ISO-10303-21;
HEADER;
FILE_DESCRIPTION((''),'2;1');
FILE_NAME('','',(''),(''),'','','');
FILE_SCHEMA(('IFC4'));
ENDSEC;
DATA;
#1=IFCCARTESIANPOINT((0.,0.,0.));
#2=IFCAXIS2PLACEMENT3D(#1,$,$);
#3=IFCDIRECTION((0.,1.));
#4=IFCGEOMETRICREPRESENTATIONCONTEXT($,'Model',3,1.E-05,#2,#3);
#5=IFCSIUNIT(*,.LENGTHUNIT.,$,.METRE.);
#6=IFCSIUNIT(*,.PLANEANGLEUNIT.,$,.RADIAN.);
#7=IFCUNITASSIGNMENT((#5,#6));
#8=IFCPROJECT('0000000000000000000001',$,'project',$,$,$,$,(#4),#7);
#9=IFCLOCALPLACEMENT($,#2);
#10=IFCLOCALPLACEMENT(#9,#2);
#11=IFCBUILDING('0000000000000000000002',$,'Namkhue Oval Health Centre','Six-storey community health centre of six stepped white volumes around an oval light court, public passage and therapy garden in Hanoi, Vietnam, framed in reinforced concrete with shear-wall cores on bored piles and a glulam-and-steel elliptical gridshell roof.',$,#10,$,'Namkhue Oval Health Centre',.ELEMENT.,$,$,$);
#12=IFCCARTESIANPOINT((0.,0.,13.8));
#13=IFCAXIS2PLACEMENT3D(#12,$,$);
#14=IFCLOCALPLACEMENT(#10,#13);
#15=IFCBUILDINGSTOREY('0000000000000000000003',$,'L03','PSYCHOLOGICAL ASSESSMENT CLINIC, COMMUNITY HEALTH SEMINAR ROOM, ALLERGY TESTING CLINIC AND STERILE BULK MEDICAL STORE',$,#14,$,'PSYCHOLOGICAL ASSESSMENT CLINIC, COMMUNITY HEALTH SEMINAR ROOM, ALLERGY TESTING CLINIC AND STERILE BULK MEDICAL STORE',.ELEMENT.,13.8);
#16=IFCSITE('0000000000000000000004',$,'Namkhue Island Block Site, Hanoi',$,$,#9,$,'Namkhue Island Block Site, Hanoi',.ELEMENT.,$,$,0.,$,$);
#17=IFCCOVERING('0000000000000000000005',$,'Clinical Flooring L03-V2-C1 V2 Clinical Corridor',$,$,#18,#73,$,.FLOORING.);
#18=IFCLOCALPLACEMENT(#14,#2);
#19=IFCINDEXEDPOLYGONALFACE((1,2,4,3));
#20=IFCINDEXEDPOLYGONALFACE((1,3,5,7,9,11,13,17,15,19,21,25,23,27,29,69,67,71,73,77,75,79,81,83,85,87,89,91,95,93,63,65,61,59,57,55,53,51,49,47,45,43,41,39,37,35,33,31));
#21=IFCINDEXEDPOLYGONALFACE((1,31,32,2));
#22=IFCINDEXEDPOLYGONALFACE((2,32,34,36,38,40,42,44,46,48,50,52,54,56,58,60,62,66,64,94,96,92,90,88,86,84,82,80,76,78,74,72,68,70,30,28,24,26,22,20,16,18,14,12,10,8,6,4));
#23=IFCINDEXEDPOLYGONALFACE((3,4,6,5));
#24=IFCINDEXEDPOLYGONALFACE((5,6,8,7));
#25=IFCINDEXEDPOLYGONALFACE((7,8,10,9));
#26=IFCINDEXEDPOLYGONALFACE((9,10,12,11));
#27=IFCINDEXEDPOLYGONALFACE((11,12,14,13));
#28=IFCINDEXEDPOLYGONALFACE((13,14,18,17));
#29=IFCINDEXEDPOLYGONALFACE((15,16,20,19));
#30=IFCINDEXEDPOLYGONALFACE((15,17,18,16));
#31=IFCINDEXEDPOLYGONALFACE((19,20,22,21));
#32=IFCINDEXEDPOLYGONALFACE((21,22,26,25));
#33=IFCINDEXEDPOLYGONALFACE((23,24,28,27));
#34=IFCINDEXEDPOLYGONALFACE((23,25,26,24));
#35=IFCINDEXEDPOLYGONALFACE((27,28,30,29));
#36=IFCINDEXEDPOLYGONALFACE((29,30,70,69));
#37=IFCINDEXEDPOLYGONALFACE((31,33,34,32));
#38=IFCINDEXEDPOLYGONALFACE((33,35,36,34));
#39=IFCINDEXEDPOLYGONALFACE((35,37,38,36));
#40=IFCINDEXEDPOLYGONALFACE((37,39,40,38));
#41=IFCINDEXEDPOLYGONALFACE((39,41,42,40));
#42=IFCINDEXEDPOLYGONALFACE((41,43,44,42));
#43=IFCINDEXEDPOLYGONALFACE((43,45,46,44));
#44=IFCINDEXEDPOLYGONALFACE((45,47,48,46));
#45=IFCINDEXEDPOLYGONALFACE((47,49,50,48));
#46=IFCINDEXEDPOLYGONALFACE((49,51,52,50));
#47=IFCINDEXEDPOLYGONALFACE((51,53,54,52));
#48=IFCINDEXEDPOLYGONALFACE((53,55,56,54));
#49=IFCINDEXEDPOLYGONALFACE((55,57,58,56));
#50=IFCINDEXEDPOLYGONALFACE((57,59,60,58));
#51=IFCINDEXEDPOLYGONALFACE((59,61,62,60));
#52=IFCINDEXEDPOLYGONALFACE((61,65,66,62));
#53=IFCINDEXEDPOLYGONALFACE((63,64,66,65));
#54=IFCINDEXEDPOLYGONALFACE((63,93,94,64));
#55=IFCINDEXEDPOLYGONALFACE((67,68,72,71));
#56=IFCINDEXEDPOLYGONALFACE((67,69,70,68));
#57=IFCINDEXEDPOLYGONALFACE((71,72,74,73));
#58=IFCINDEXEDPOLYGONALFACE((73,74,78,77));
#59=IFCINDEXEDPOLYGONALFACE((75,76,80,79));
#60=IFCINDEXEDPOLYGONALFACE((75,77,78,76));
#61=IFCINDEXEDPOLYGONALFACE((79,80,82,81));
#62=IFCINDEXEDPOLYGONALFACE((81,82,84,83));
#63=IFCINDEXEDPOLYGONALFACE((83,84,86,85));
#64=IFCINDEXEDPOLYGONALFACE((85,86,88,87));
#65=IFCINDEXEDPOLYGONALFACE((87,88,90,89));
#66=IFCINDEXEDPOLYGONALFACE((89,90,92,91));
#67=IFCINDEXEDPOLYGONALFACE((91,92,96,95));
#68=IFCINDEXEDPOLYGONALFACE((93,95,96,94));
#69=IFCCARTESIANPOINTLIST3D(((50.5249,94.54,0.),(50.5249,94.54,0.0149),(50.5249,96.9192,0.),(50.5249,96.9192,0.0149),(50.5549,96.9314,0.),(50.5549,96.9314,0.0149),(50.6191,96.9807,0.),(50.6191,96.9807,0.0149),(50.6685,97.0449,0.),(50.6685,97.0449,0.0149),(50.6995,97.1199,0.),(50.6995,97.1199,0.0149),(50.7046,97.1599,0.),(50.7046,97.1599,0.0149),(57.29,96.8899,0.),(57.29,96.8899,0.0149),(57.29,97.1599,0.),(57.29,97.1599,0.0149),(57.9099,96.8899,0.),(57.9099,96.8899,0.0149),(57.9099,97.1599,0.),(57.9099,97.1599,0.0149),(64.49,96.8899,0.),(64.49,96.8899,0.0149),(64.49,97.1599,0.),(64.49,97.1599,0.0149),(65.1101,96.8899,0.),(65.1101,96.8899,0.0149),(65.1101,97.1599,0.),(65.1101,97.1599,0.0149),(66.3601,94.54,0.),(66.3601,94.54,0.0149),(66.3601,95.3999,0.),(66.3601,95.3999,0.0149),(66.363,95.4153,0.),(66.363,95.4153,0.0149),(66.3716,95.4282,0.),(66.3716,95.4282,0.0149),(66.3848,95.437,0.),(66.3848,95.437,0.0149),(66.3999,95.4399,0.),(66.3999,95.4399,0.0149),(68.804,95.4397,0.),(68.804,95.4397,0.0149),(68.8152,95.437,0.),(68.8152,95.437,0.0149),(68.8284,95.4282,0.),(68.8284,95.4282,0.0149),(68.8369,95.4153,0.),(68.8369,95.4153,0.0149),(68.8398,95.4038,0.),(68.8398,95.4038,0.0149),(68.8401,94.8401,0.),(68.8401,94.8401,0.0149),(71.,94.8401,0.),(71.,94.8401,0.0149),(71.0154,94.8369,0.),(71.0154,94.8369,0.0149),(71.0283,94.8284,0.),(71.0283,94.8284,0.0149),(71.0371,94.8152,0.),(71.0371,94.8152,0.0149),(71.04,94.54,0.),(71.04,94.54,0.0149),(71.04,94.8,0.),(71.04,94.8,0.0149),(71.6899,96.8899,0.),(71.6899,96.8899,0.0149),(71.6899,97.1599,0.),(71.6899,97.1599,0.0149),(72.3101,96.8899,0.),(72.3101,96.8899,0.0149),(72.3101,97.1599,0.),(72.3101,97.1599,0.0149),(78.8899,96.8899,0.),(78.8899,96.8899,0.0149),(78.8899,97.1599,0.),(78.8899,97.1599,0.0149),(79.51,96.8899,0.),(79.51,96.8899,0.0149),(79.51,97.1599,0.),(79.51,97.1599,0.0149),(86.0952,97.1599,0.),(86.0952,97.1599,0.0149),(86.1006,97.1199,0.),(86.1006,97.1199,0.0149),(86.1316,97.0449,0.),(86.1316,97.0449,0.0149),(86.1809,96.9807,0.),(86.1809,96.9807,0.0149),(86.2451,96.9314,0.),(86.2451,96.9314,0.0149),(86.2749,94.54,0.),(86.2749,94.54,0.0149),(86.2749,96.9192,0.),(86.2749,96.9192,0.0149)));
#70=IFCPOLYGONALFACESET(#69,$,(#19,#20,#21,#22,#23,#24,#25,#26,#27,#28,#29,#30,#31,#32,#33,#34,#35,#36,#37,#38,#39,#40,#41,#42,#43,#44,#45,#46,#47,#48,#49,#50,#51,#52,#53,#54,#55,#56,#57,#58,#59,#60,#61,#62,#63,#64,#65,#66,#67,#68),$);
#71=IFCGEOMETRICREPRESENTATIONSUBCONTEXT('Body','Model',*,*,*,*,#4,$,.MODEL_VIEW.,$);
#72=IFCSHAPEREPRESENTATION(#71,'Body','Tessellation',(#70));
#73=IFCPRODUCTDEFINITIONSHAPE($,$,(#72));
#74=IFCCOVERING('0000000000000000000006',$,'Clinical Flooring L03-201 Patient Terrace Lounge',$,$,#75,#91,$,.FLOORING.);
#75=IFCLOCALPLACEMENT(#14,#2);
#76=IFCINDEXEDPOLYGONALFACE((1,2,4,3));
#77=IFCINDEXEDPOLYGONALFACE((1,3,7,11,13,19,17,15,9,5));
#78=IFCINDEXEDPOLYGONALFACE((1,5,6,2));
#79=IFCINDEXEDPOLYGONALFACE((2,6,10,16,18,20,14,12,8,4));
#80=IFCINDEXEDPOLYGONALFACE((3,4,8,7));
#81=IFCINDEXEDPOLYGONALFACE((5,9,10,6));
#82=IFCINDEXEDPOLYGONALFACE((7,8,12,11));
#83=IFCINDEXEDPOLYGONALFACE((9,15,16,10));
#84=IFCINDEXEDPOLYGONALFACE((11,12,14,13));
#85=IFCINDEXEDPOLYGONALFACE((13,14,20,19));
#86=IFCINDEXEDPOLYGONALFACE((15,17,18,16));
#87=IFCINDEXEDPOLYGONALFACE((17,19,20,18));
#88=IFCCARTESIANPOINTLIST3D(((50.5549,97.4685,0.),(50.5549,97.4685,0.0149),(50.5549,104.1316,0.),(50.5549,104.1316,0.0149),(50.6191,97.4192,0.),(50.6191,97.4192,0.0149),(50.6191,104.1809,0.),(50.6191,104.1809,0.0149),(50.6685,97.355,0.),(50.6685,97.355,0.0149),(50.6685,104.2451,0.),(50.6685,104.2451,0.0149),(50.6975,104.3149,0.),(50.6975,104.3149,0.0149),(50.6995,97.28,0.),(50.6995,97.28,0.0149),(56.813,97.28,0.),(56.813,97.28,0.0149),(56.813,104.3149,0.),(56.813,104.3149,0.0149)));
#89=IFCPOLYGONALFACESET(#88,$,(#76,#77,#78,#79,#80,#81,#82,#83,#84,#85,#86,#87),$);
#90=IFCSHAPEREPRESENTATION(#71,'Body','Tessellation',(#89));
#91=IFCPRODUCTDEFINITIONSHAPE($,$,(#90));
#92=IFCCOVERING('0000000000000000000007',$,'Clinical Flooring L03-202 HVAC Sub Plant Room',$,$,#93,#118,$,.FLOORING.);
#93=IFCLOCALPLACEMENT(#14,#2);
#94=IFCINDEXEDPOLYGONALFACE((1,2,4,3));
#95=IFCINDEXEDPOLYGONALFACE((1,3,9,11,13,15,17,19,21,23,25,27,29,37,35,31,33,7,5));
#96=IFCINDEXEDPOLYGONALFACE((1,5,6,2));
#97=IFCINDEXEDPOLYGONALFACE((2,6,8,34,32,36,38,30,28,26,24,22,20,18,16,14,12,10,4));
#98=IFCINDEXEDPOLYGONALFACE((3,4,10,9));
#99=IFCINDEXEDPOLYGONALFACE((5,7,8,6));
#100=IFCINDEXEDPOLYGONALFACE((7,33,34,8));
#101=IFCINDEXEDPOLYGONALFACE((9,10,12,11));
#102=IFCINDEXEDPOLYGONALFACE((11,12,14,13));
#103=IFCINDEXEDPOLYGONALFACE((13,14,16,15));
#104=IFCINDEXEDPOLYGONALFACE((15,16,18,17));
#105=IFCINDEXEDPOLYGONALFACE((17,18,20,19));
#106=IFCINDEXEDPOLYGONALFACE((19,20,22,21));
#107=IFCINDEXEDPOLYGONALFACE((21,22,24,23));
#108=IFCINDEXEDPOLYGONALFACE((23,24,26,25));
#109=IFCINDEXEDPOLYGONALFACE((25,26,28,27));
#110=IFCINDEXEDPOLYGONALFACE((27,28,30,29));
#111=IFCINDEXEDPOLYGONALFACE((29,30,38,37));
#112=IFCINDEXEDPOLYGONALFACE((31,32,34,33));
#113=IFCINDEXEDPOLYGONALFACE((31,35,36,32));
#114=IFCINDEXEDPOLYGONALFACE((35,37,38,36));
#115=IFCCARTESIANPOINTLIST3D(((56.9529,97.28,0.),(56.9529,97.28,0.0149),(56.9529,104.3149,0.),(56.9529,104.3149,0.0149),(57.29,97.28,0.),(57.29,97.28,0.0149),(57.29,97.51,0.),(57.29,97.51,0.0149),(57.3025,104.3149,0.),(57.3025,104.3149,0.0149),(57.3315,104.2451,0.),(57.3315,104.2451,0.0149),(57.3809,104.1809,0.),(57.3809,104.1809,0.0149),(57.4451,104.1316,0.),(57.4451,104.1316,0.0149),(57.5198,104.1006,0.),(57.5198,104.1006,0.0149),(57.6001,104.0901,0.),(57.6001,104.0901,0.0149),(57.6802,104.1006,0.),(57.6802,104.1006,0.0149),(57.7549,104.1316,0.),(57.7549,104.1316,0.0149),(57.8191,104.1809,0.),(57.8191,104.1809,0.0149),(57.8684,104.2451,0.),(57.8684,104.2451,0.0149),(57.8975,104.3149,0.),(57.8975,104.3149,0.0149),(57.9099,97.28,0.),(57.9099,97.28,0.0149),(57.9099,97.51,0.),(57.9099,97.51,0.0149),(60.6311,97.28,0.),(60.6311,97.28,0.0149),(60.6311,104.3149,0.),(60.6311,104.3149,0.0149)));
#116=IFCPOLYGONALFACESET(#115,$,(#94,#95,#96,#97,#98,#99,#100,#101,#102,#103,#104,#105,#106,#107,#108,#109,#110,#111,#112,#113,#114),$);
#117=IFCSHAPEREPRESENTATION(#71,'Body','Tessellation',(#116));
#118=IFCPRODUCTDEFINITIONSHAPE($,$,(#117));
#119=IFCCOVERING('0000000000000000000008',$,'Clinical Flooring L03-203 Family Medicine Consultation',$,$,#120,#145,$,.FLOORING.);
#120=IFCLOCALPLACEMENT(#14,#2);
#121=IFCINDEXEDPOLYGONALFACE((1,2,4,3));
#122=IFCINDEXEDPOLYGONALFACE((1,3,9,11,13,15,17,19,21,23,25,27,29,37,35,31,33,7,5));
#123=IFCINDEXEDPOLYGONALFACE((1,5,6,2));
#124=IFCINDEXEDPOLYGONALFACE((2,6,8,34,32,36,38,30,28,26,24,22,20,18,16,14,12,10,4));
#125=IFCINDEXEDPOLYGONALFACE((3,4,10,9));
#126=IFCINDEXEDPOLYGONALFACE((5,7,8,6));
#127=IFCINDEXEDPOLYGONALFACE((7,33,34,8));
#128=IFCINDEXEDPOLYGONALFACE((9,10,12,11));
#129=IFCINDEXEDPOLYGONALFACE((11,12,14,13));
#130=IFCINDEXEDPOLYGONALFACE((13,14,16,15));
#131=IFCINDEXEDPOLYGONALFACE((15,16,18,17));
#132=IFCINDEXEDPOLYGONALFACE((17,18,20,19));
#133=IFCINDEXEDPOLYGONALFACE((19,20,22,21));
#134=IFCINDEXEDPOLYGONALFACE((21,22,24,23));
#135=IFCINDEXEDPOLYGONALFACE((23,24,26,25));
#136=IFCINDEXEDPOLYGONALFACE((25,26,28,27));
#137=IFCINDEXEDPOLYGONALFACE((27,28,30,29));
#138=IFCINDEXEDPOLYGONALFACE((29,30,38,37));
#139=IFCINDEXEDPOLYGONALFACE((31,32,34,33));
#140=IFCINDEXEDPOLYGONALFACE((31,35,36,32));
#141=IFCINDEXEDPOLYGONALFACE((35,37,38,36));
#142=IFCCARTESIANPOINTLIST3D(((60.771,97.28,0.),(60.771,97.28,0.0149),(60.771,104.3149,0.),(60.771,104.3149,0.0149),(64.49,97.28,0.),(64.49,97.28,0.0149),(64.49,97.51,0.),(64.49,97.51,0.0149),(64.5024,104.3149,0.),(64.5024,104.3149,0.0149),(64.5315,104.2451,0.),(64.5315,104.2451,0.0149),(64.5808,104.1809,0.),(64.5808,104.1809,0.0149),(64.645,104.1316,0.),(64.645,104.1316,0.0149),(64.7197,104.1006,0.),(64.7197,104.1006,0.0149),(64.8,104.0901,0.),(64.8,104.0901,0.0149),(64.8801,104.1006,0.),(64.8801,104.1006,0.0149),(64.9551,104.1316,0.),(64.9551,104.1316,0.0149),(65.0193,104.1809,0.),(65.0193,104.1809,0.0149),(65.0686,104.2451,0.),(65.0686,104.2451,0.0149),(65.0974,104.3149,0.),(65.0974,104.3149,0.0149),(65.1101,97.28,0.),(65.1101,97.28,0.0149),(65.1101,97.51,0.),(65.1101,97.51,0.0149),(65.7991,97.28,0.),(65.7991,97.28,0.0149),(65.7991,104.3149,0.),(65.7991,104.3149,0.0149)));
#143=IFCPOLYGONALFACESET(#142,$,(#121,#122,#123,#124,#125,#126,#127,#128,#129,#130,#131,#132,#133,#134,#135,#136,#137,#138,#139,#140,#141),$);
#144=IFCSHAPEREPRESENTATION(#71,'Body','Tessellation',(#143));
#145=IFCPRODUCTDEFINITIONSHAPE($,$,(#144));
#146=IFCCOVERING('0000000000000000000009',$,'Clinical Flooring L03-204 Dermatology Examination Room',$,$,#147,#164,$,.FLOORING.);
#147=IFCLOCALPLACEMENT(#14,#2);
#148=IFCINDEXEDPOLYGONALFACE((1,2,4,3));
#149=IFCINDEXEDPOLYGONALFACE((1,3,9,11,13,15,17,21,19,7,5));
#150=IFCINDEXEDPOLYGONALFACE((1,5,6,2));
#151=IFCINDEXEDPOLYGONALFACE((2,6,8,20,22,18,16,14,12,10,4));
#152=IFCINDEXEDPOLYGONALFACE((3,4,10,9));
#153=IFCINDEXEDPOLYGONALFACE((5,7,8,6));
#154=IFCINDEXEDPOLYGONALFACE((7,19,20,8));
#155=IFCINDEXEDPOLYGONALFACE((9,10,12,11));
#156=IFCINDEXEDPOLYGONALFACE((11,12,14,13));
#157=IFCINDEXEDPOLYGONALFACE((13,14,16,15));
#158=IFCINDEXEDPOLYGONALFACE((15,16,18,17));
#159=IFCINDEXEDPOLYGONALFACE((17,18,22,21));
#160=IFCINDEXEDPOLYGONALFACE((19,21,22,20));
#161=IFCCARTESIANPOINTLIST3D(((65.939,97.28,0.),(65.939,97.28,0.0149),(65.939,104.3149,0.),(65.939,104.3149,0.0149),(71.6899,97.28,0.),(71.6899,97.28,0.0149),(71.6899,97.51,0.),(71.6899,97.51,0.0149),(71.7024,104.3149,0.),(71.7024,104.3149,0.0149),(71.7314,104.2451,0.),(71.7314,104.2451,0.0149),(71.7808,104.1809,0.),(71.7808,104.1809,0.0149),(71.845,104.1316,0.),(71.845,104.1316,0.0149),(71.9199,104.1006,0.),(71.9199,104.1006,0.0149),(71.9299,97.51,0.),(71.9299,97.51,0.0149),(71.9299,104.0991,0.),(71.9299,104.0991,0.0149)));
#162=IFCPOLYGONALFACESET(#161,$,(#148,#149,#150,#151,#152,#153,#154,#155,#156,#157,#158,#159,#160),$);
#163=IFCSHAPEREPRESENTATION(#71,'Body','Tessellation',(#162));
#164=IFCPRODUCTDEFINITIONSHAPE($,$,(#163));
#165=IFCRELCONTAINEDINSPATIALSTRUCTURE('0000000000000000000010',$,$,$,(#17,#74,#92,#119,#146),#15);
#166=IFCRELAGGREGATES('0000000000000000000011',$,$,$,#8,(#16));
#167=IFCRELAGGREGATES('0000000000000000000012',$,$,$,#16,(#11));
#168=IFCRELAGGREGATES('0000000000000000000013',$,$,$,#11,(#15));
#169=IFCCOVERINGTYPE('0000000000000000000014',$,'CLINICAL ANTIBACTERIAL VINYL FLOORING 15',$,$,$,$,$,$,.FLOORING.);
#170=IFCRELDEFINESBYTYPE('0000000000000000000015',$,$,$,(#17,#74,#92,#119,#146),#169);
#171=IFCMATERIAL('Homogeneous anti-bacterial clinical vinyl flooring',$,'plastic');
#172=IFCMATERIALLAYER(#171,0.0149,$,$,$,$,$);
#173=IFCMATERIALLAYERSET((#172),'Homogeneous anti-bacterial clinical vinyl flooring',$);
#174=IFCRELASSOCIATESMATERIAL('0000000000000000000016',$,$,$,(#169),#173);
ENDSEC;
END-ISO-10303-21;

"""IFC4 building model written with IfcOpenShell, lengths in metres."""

from ifc_helpers import new_model, si_unit, direction, frame, origin, place, context, subcontext, project, spatial, polyline, outline, extrude, material, layer, layer_set, type_object, element, save


model = new_model("IFC4")

# Units and contexts
model_context = context("Model", 3, precision=1e-05, world=origin(), true_north=direction((0.0, 1.0)))
body_context = subcontext(model_context, "Body", "Model", "MODEL_VIEW")
ifc_project = project(units=[si_unit("LENGTHUNIT", "METRE"), si_unit("PLANEANGLEUNIT", "RADIAN")], contexts=[model_context])

# Site, building, storey
site_placement = place(None, origin())
site = spatial("IfcSite", under=ifc_project, at=site_placement, Name="Namkhue Island Block Site, Hanoi", LongName="Namkhue Island Block Site, Hanoi", CompositionType="ELEMENT", RefElevation=0.0)
building_placement = place(site_placement, origin())
building = spatial("IfcBuilding", under=site, at=building_placement, Name="Namkhue Oval Health Centre", Description="Six-storey community health centre of six stepped white volumes around an oval light court, public passage and therapy garden in Hanoi, Vietnam, framed in reinforced concrete with shear-wall cores on bored piles and a glulam-and-steel elliptical gridshell roof.", LongName="Namkhue Oval Health Centre", CompositionType="ELEMENT")
storey_placement = place(building_placement, frame((0.0, 0.0, 13.8)))
storey = spatial("IfcBuildingStorey", under=building, at=storey_placement, Name="L03", Description="PSYCHOLOGICAL ASSESSMENT CLINIC, COMMUNITY HEALTH SEMINAR ROOM, ALLERGY TESTING CLINIC AND STERILE BULK MEDICAL STORE", LongName="PSYCHOLOGICAL ASSESSMENT CLINIC, COMMUNITY HEALTH SEMINAR ROOM, ALLERGY TESTING CLINIC AND STERILE BULK MEDICAL STORE", CompositionType="ELEMENT", Elevation=13.8)

# Coverings
ifc_material_1 = material(Name="Homogeneous anti-bacterial clinical vinyl flooring", Category="plastic")
ifc_layer_1 = layer(ifc_material_1, 0.0149)
ifc_layer_set_1 = layer_set([ifc_layer_1], Name="Homogeneous anti-bacterial clinical vinyl flooring")
covering_type = type_object("IfcCoveringType", Name="CLINICAL ANTIBACTERIAL VINYL FLOORING 15", PredefinedType="FLOORING", material=ifc_layer_set_1)
covering_1_placement = place(storey_placement, origin())
element("IfcCovering", 1, at=covering_1_placement, inside=storey, type_object=covering_type, Name="Clinical Flooring L03-V2-C1 V2 Clinical Corridor", PredefinedType="FLOORING", context=body_context, shape_type="SweptSolid", body=[
    extrude(outline(polyline([(71.04, 94.8), (71.0371, 94.8152), (71.0283, 94.8284), (71.0154, 94.8369), (71.0, 94.8401), (68.8401, 94.8401), (68.8398, 95.4038), (68.8369, 95.4153), (68.8284, 95.4282), (68.8152, 95.437), (68.804, 95.4397), (66.3999, 95.4399), (66.3848, 95.437), (66.3716, 95.4282), (66.363, 95.4153), (66.3601, 95.3999), (66.3601, 94.54), (50.5249, 94.54), (50.5249, 96.9192), (50.5549, 96.9314), (50.6191, 96.9807), (50.6685, 97.0449), (50.6995, 97.1199), (50.7046, 97.1599), (57.29, 97.1599), (57.29, 96.8899), (57.9099, 96.8899), (57.9099, 97.1599), (64.49, 97.1599), (64.49, 96.8899), (65.1101, 96.8899), (65.1101, 97.1599), (71.6899, 97.1599), (71.6899, 96.8899), (72.3101, 96.8899), (72.3101, 97.1599), (78.8899, 97.1599), (78.8899, 96.8899), (79.51, 96.8899), (79.51, 97.1599), (86.0952, 97.1599), (86.1006, 97.1199), (86.1316, 97.0449), (86.1809, 96.9807), (86.2451, 96.9314), (86.2749, 96.9192), (86.2749, 94.54), (71.04, 94.54), (71.04, 94.8)])), origin(), (0.0, 0.0, 1.0), 0.0149),
])
covering_2_placement = place(storey_placement, origin())
element("IfcCovering", 2, at=covering_2_placement, inside=storey, type_object=covering_type, Name="Clinical Flooring L03-201 Patient Terrace Lounge", PredefinedType="FLOORING", context=body_context, shape_type="SweptSolid", body=[
    extrude(outline(polyline([(50.6995, 97.28), (50.6685, 97.355), (50.6191, 97.4192), (50.5549, 97.4685), (50.5549, 104.1316), (50.6191, 104.1809), (50.6685, 104.2451), (50.6975, 104.3149), (56.813, 104.3149), (56.813, 97.28), (50.6995, 97.28)])), origin(), (0.0, 0.0, 1.0), 0.0149),
])
covering_3_placement = place(storey_placement, origin())
element("IfcCovering", 3, at=covering_3_placement, inside=storey, type_object=covering_type, Name="Clinical Flooring L03-202 HVAC Sub Plant Room", PredefinedType="FLOORING", context=body_context, shape_type="SweptSolid", body=[
    extrude(outline(polyline([(57.9099, 97.28), (57.9099, 97.51), (57.29, 97.51), (57.29, 97.28), (56.9529, 97.28), (56.9529, 104.3149), (57.3025, 104.3149), (57.3315, 104.2451), (57.3809, 104.1809), (57.4451, 104.1316), (57.5198, 104.1006), (57.6001, 104.0901), (57.6802, 104.1006), (57.7549, 104.1316), (57.8191, 104.1809), (57.8684, 104.2451), (57.8975, 104.3149), (60.6311, 104.3149), (60.6311, 97.28), (57.9099, 97.28)])), origin(), (0.0, 0.0, 1.0), 0.0149),
])
covering_4_placement = place(storey_placement, origin())
element("IfcCovering", 4, at=covering_4_placement, inside=storey, type_object=covering_type, Name="Clinical Flooring L03-203 Family Medicine Consultation", PredefinedType="FLOORING", context=body_context, shape_type="SweptSolid", body=[
    extrude(outline(polyline([(65.1101, 97.28), (65.1101, 97.51), (64.49, 97.51), (64.49, 97.28), (60.771, 97.28), (60.771, 104.3149), (64.5024, 104.3149), (64.5315, 104.2451), (64.5808, 104.1809), (64.645, 104.1316), (64.7197, 104.1006), (64.8, 104.0901), (64.8801, 104.1006), (64.9551, 104.1316), (65.0193, 104.1809), (65.0686, 104.2451), (65.0974, 104.3149), (65.7991, 104.3149), (65.7991, 97.28), (65.1101, 97.28)])), origin(), (0.0, 0.0, 1.0), 0.0149),
])
covering_5_placement = place(storey_placement, origin())
element("IfcCovering", 5, at=covering_5_placement, inside=storey, type_object=covering_type, Name="Clinical Flooring L03-204 Dermatology Examination Room", PredefinedType="FLOORING", context=body_context, shape_type="SweptSolid", body=[
    extrude(outline(polyline([(65.939, 97.28), (65.939, 104.3149), (71.7024, 104.3149), (71.7314, 104.2451), (71.7808, 104.1809), (71.845, 104.1316), (71.9199, 104.1006), (71.9299, 104.0991), (71.9299, 97.51), (71.6899, 97.51), (71.6899, 97.28), (65.939, 97.28)])), origin(), (0.0, 0.0, 1.0), 0.0149),
])

save(model, "model.ifc")
